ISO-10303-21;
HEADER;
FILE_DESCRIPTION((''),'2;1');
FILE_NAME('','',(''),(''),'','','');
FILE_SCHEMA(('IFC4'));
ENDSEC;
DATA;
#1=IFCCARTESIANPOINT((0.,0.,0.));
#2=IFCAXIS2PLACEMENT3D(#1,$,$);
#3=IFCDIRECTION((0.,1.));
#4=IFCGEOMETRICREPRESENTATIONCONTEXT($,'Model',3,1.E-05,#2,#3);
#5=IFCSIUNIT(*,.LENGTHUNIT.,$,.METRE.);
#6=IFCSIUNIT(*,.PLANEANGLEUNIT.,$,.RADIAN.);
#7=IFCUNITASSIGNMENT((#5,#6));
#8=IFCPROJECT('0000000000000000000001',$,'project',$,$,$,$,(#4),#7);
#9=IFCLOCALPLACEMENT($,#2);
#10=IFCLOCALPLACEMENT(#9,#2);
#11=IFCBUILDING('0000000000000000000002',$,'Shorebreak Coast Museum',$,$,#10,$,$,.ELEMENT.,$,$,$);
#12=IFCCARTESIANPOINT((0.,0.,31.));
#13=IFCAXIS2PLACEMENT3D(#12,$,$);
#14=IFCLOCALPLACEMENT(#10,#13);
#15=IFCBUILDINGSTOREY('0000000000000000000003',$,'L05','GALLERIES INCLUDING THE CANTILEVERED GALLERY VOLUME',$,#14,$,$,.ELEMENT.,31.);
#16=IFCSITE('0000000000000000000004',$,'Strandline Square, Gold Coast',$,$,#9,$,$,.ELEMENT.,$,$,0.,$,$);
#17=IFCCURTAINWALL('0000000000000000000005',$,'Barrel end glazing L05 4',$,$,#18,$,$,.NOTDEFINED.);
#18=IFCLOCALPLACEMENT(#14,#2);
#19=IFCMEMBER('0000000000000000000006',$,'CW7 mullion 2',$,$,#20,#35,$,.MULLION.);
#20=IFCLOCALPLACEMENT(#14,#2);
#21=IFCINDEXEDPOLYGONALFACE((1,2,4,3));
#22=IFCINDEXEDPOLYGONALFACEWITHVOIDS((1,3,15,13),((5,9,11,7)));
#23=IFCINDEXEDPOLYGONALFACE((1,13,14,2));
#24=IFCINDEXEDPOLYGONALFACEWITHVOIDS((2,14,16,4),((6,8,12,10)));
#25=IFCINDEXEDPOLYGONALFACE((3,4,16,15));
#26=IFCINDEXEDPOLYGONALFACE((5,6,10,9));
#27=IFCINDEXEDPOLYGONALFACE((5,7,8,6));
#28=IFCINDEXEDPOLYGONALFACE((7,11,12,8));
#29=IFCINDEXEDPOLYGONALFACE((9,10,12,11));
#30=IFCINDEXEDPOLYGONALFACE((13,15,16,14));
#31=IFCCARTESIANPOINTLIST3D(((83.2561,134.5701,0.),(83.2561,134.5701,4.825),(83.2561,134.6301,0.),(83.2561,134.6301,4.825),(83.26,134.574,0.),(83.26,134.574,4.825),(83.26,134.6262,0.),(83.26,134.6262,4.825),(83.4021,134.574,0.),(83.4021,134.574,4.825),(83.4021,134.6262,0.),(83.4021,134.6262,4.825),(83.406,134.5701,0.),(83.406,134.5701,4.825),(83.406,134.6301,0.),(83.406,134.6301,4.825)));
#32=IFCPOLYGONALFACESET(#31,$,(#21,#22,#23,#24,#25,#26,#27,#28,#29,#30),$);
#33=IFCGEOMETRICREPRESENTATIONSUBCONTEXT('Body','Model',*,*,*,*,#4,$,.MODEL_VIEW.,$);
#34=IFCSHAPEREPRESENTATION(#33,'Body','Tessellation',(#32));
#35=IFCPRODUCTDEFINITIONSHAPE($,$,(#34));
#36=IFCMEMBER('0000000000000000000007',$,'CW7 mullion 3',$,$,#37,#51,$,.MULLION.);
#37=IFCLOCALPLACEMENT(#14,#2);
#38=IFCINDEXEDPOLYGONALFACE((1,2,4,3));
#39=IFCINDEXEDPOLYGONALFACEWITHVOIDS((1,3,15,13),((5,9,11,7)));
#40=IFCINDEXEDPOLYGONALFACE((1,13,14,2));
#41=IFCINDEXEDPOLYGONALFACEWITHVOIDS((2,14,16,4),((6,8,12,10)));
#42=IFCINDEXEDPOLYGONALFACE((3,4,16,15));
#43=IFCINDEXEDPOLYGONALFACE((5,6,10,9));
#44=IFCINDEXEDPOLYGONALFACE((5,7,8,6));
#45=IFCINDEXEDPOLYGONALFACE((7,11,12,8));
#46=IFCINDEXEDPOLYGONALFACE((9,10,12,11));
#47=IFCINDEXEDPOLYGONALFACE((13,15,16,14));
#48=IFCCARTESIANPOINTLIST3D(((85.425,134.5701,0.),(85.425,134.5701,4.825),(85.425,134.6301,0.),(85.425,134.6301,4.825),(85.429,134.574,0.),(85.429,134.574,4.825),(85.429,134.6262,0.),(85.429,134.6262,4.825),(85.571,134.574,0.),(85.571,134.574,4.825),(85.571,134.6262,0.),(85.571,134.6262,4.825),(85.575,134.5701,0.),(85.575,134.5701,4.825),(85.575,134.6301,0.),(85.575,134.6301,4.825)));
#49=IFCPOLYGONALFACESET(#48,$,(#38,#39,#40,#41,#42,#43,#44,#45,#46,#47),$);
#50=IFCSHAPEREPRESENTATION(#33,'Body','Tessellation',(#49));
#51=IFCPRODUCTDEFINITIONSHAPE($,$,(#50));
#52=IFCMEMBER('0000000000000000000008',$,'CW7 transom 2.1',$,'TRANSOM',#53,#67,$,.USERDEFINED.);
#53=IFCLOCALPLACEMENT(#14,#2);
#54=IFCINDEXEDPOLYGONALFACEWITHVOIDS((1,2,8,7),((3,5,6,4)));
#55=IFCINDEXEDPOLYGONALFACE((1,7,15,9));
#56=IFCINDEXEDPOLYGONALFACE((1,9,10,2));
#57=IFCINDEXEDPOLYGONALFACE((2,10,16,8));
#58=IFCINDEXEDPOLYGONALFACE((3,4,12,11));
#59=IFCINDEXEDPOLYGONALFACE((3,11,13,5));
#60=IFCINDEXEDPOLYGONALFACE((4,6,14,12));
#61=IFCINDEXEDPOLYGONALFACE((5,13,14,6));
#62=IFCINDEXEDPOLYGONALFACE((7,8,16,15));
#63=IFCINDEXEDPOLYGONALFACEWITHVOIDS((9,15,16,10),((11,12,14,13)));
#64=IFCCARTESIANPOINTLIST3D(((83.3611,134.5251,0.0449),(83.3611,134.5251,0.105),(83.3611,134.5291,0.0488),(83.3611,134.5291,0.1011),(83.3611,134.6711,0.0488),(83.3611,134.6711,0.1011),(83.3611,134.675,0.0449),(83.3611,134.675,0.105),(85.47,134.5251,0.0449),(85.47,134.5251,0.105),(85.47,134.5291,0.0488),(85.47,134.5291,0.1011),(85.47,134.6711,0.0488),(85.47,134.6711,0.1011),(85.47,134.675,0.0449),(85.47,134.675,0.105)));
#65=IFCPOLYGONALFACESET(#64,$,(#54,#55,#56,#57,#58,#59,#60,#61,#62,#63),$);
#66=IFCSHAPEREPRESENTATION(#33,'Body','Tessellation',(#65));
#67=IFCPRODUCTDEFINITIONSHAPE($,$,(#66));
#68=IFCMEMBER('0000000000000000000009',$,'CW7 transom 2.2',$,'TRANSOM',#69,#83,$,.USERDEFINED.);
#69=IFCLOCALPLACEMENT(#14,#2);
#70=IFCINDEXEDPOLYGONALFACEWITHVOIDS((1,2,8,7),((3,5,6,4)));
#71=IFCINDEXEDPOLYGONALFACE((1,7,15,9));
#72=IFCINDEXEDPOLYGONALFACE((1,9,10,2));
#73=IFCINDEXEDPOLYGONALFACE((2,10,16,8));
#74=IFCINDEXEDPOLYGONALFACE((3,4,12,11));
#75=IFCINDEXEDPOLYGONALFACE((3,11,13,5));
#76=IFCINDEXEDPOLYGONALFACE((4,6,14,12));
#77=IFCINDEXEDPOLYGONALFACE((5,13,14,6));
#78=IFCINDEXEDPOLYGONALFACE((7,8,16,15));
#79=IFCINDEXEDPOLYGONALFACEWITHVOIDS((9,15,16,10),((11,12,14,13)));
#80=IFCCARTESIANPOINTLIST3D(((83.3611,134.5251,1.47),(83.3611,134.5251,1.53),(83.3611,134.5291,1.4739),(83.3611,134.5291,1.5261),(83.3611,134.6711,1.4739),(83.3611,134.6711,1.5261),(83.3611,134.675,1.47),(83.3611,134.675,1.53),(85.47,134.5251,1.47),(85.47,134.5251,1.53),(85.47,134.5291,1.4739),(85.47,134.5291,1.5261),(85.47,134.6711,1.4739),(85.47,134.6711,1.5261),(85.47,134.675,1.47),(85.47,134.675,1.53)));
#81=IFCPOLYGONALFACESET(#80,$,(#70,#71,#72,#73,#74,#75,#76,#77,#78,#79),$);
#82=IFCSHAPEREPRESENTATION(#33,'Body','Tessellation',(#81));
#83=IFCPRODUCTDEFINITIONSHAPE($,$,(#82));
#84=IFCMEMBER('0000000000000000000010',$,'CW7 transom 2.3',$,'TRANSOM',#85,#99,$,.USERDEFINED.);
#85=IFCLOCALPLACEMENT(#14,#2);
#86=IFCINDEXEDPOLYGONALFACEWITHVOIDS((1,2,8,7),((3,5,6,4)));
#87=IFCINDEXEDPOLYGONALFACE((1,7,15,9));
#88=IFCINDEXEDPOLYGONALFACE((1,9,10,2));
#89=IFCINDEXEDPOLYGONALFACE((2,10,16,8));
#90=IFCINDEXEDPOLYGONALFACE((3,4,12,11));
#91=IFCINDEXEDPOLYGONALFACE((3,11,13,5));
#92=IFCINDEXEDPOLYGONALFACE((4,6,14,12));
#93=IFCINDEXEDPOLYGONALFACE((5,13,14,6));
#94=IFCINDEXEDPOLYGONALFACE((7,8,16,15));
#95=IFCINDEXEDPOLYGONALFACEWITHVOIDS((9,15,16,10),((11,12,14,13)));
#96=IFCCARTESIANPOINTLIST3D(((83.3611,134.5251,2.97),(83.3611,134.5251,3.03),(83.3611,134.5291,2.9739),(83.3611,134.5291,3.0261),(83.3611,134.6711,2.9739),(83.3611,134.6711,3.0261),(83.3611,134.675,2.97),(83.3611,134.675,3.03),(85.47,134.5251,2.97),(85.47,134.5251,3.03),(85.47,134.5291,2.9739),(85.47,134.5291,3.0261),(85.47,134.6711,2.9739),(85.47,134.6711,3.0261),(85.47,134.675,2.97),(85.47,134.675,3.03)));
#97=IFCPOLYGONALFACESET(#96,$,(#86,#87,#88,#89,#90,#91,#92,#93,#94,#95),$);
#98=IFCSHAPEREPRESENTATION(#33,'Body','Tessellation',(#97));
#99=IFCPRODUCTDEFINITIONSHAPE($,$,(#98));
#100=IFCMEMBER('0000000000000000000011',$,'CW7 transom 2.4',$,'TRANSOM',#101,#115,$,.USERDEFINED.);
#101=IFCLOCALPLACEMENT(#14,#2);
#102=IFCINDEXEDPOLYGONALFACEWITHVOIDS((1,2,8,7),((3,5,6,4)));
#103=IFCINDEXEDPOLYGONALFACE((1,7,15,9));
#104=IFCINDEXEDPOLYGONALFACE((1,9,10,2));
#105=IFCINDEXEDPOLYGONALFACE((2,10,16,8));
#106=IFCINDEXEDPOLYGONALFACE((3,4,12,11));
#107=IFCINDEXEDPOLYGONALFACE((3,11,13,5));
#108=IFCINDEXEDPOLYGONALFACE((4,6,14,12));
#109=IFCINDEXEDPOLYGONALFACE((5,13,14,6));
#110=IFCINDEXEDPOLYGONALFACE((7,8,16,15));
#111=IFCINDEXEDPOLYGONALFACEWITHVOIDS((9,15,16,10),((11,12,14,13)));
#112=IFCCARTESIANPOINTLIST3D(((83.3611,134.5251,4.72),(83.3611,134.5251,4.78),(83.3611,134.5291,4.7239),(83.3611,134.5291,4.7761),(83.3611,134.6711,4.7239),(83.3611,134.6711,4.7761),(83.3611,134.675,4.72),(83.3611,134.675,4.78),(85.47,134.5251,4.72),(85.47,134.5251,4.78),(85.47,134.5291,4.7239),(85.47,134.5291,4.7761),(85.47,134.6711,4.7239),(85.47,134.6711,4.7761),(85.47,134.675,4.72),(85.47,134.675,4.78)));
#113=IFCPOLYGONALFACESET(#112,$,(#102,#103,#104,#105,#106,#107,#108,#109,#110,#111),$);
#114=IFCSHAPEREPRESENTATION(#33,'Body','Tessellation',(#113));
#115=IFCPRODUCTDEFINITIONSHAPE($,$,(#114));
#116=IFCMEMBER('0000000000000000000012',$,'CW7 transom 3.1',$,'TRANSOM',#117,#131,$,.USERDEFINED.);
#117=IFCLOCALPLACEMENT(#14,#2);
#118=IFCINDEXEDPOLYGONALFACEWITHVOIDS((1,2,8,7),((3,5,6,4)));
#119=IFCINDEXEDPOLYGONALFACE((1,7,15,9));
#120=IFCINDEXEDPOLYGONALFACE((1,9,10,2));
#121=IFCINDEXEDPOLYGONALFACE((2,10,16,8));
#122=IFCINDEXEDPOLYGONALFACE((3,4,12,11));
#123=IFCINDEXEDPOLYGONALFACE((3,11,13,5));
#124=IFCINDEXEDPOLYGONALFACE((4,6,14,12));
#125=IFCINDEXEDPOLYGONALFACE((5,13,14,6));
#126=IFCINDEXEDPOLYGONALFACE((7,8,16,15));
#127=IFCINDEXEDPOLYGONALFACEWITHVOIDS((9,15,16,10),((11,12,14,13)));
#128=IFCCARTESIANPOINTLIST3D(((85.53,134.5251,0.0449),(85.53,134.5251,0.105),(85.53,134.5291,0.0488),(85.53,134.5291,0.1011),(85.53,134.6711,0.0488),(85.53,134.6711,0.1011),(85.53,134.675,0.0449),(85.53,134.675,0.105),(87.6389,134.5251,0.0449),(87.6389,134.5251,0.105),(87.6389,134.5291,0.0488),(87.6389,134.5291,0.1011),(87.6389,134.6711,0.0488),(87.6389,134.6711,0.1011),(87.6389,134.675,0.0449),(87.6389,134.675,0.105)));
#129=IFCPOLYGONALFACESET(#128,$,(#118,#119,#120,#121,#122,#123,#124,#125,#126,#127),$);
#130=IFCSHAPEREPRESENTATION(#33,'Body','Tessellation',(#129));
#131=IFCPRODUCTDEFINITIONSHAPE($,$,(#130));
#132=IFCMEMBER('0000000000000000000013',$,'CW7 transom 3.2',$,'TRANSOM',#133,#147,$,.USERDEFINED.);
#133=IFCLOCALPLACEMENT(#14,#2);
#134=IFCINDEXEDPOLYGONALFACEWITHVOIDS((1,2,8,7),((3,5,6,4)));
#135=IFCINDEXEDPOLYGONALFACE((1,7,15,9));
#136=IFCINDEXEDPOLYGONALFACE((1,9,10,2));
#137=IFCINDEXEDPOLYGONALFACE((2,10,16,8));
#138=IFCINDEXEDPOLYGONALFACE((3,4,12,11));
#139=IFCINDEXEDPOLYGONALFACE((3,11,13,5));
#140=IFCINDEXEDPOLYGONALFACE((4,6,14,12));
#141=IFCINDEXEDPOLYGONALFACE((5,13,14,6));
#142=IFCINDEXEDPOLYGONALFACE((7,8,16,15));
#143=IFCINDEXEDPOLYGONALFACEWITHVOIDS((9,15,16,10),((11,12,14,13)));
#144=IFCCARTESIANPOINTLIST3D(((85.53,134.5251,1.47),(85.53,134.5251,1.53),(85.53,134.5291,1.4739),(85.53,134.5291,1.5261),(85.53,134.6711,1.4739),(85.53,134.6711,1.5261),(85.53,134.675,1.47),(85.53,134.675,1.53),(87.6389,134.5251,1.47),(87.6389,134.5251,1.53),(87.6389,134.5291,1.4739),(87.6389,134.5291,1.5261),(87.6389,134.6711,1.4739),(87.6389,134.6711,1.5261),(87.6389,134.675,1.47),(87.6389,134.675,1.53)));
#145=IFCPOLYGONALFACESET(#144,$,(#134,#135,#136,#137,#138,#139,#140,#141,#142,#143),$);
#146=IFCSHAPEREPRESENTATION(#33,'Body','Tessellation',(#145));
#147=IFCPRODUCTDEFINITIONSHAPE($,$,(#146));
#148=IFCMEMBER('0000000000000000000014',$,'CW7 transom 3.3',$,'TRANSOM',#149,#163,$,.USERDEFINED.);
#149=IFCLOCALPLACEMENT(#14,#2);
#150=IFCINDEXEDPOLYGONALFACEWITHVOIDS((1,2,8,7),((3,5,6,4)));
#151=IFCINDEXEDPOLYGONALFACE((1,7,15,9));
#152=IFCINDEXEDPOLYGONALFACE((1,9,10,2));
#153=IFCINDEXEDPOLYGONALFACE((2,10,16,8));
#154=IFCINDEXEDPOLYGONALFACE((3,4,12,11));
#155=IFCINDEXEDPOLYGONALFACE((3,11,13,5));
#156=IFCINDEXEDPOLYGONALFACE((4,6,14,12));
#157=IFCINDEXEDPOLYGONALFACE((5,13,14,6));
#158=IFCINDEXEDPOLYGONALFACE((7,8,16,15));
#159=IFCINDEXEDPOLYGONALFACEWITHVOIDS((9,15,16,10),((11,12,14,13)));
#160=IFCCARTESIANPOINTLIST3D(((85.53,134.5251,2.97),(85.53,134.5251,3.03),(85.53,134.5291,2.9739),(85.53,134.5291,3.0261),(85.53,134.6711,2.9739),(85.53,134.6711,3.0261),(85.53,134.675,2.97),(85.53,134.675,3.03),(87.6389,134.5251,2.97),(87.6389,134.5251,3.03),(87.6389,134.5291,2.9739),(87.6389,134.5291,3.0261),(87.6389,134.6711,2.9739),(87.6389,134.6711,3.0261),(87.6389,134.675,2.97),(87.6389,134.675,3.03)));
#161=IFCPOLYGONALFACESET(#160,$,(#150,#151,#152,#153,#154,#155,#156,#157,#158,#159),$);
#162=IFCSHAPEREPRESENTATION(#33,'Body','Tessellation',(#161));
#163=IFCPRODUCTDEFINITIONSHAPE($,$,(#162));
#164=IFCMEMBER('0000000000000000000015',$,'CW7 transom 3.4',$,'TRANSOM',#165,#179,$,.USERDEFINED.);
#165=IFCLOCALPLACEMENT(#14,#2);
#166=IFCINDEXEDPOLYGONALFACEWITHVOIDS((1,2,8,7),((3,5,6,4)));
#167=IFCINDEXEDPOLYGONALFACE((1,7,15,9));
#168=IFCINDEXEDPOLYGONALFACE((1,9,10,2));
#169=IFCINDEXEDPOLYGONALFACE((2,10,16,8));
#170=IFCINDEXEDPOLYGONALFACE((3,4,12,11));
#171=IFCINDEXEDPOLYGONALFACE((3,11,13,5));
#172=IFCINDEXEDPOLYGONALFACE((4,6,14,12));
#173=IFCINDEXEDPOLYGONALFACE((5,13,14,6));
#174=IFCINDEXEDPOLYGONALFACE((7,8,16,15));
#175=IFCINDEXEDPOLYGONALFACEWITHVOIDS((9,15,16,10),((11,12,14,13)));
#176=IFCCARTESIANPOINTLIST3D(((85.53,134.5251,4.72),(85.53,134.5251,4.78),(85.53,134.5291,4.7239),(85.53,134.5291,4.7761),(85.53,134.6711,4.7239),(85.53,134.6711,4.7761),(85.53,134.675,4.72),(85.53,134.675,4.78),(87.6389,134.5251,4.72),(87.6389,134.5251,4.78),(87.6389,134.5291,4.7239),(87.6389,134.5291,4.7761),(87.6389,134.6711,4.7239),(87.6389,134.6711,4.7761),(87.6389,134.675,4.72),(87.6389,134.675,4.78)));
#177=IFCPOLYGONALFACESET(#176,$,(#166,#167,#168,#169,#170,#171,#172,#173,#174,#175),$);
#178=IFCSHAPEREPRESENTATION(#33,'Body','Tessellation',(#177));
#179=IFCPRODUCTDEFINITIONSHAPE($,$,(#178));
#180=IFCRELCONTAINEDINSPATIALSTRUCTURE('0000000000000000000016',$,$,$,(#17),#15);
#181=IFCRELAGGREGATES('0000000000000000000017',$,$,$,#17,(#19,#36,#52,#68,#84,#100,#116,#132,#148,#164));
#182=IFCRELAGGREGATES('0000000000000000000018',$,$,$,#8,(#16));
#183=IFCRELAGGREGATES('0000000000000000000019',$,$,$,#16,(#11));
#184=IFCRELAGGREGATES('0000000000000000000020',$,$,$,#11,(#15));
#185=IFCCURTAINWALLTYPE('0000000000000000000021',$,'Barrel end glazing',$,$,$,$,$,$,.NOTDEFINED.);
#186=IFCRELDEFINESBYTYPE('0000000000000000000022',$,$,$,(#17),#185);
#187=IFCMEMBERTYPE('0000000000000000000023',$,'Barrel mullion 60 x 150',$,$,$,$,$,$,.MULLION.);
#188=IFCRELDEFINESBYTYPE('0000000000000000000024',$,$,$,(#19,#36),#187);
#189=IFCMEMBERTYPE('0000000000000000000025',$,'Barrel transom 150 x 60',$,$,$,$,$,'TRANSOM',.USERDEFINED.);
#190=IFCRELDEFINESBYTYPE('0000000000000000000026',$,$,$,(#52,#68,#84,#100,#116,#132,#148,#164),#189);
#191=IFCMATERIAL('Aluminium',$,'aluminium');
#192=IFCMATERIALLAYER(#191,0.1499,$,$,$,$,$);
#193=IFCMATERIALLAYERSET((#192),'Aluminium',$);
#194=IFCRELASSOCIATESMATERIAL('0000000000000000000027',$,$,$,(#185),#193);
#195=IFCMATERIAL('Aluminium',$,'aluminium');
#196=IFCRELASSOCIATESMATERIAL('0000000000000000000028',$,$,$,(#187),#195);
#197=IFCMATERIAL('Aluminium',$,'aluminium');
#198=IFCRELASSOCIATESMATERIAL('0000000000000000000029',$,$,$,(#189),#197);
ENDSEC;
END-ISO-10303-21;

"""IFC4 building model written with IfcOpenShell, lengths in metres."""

from ifc_helpers import new_model, si_unit, direction, frame, origin, origin_2d, place, context, subcontext, project, spatial, hollow_rectangle, extrude, material, layer, layer_set, material_profile, profile_set, type_object, element, aggregate, save


model = new_model("IFC4")

# Units and contexts
model_context = context("Model", 3, precision=1e-05, world=origin(), true_north=direction((0.0, 1.0)))
body_context = subcontext(model_context, "Body", "Model", "MODEL_VIEW")
ifc_project = project(units=[si_unit("LENGTHUNIT", "METRE"), si_unit("PLANEANGLEUNIT", "RADIAN")], contexts=[model_context])

# Site, building, storey
site_placement = place(None, origin())
site = spatial("IfcSite", under=ifc_project, at=site_placement, Name="Strandline Square, Gold Coast", CompositionType="ELEMENT", RefElevation=0.0)
building_placement = place(site_placement, origin())
building = spatial("IfcBuilding", under=site, at=building_placement, Name="Shorebreak Coast Museum", CompositionType="ELEMENT")
storey_placement = place(building_placement, frame((0.0, 0.0, 31.0)))
storey = spatial("IfcBuildingStorey", under=building, at=storey_placement, Name="L05", Description="GALLERIES INCLUDING THE CANTILEVERED GALLERY VOLUME", CompositionType="ELEMENT", Elevation=31.0)

# Curtain wall, members
ifc_material_1 = material(Name="Aluminium", Category="aluminium")
ifc_layer_1 = layer(ifc_material_1, 0.1499)
ifc_layer_set_1 = layer_set([ifc_layer_1], Name="Aluminium")
curtain_wall_type = type_object("IfcCurtainWallType", Name="Barrel end glazing", PredefinedType="NOTDEFINED", material=ifc_layer_set_1)
curtain_wall_placement = place(storey_placement, origin())
curtain_wall = element("IfcCurtainWall", 1, at=curtain_wall_placement, inside=storey, type_object=curtain_wall_type, Name="Barrel end glazing L05 4", PredefinedType="NOTDEFINED")
ifc_material_2 = material(Name="Aluminium", Category="aluminium")
ifc_material_profile_1 = material_profile(ifc_material_2, hollow_rectangle(XDim=0.0601, YDim=0.1499, WallThickness=0.0039, at=origin_2d()), Name="AL 150x60 RHS")
ifc_profile_set_1 = profile_set([ifc_material_profile_1], Name="Aluminium")
member_type_1 = type_object("IfcMemberType", Name="Barrel mullion 60 x 150", PredefinedType="MULLION", material=ifc_profile_set_1)
member_1_placement = place(storey_placement, frame((83.3311, 134.6001, 0.0), z_axis=(0.0, 0.0, 1.0), x_axis=(0.0, 1.0, 0.0)))
member_1 = element("IfcMember", 2, at=member_1_placement, type_object=member_type_1, Name="CW7 mullion 2", PredefinedType="MULLION", context=body_context, shape_type="SweptSolid", body=[
    extrude(hollow_rectangle(XDim=0.0601, YDim=0.1499, WallThickness=0.0039, at=origin_2d()), origin(), (0.0, 0.0, 1.0), 4.825),
])
member_2_placement = place(storey_placement, frame((85.5, 134.6001, 0.0), z_axis=(0.0, 0.0, 1.0), x_axis=(0.0, 1.0, 0.0)))
member_2 = element("IfcMember", 3, at=member_2_placement, type_object=member_type_1, Name="CW7 mullion 3", PredefinedType="MULLION", context=body_context, shape_type="SweptSolid", body=[
    extrude(hollow_rectangle(XDim=0.0601, YDim=0.1499, WallThickness=0.0039, at=origin_2d()), origin(), (0.0, 0.0, 1.0), 4.825),
])
ifc_material_3 = material(Name="Aluminium", Category="aluminium")
ifc_material_profile_2 = material_profile(ifc_material_3, hollow_rectangle(XDim=0.1499, YDim=0.0601, WallThickness=0.0039, at=origin_2d()), Name="AL 60x150 RHS")
ifc_profile_set_2 = profile_set([ifc_material_profile_2], Name="Aluminium")
member_type_2 = type_object("IfcMemberType", Name="Barrel transom 150 x 60", ElementType="TRANSOM", PredefinedType="USERDEFINED", material=ifc_profile_set_2)
member_3_placement = place(storey_placement, frame((83.3611, 134.6001, 0.075), z_axis=(1.0, 0.0, 0.0), x_axis=(0.0, 1.0, 0.0)))
member_3 = element("IfcMember", 4, at=member_3_placement, type_object=member_type_2, Name="CW7 transom 2.1", ObjectType="TRANSOM", PredefinedType="USERDEFINED", context=body_context, shape_type="SweptSolid", body=[
    extrude(hollow_rectangle(XDim=0.1499, YDim=0.0601, WallThickness=0.0039, at=origin_2d()), origin(), (0.0, 0.0, 1.0), 2.1089),
])
member_4_placement = place(storey_placement, frame((83.3611, 134.6001, 1.5), z_axis=(1.0, 0.0, 0.0), x_axis=(0.0, 1.0, 0.0)))
member_4 = element("IfcMember", 5, at=member_4_placement, type_object=member_type_2, Name="CW7 transom 2.2", ObjectType="TRANSOM", PredefinedType="USERDEFINED", context=body_context, shape_type="SweptSolid", body=[
    extrude(hollow_rectangle(XDim=0.1499, YDim=0.0601, WallThickness=0.0039, at=origin_2d()), origin(), (0.0, 0.0, 1.0), 2.1089),
])
member_5_placement = place(storey_placement, frame((83.3611, 134.6001, 3.0), z_axis=(1.0, 0.0, 0.0), x_axis=(0.0, 1.0, 0.0)))
member_5 = element("IfcMember", 6, at=member_5_placement, type_object=member_type_2, Name="CW7 transom 2.3", ObjectType="TRANSOM", PredefinedType="USERDEFINED", context=body_context, shape_type="SweptSolid", body=[
    extrude(hollow_rectangle(XDim=0.1499, YDim=0.0601, WallThickness=0.0039, at=origin_2d()), origin(), (0.0, 0.0, 1.0), 2.1089),
])
member_6_placement = place(storey_placement, frame((83.3611, 134.6001, 4.75), z_axis=(1.0, 0.0, 0.0), x_axis=(0.0, 1.0, 0.0)))
member_6 = element("IfcMember", 7, at=member_6_placement, type_object=member_type_2, Name="CW7 transom 2.4", ObjectType="TRANSOM", PredefinedType="USERDEFINED", context=body_context, shape_type="SweptSolid", body=[
    extrude(hollow_rectangle(XDim=0.1499, YDim=0.0601, WallThickness=0.0039, at=origin_2d()), origin(), (0.0, 0.0, 1.0), 2.1089),
])
member_7_placement = place(storey_placement, frame((85.53, 134.6001, 0.075), z_axis=(1.0, 0.0, 0.0), x_axis=(0.0, 1.0, 0.0)))
member_7 = element("IfcMember", 8, at=member_7_placement, type_object=member_type_2, Name="CW7 transom 3.1", ObjectType="TRANSOM", PredefinedType="USERDEFINED", context=body_context, shape_type="SweptSolid", body=[
    extrude(hollow_rectangle(XDim=0.1499, YDim=0.0601, WallThickness=0.0039, at=origin_2d()), origin(), (0.0, 0.0, 1.0), 2.1089),
])
member_8_placement = place(storey_placement, frame((85.53, 134.6001, 1.5), z_axis=(1.0, 0.0, 0.0), x_axis=(0.0, 1.0, 0.0)))
member_8 = element("IfcMember", 9, at=member_8_placement, type_object=member_type_2, Name="CW7 transom 3.2", ObjectType="TRANSOM", PredefinedType="USERDEFINED", context=body_context, shape_type="SweptSolid", body=[
    extrude(hollow_rectangle(XDim=0.1499, YDim=0.0601, WallThickness=0.0039, at=origin_2d()), origin(), (0.0, 0.0, 1.0), 2.1089),
])
member_9_placement = place(storey_placement, frame((85.53, 134.6001, 3.0), z_axis=(1.0, 0.0, 0.0), x_axis=(0.0, 1.0, 0.0)))
member_9 = element("IfcMember", 10, at=member_9_placement, type_object=member_type_2, Name="CW7 transom 3.3", ObjectType="TRANSOM", PredefinedType="USERDEFINED", context=body_context, shape_type="SweptSolid", body=[
    extrude(hollow_rectangle(XDim=0.1499, YDim=0.0601, WallThickness=0.0039, at=origin_2d()), origin(), (0.0, 0.0, 1.0), 2.1089),
])
member_10_placement = place(storey_placement, frame((85.53, 134.6001, 4.75), z_axis=(1.0, 0.0, 0.0), x_axis=(0.0, 1.0, 0.0)))
member_10 = element("IfcMember", 11, at=member_10_placement, type_object=member_type_2, Name="CW7 transom 3.4", ObjectType="TRANSOM", PredefinedType="USERDEFINED", context=body_context, shape_type="SweptSolid", body=[
    extrude(hollow_rectangle(XDim=0.1499, YDim=0.0601, WallThickness=0.0039, at=origin_2d()), origin(), (0.0, 0.0, 1.0), 2.1089),
])

aggregate(curtain_wall, [member_1, member_2, member_3, member_4, member_5, member_6, member_7, member_8, member_9, member_10])

save(model, "model.ifc")
